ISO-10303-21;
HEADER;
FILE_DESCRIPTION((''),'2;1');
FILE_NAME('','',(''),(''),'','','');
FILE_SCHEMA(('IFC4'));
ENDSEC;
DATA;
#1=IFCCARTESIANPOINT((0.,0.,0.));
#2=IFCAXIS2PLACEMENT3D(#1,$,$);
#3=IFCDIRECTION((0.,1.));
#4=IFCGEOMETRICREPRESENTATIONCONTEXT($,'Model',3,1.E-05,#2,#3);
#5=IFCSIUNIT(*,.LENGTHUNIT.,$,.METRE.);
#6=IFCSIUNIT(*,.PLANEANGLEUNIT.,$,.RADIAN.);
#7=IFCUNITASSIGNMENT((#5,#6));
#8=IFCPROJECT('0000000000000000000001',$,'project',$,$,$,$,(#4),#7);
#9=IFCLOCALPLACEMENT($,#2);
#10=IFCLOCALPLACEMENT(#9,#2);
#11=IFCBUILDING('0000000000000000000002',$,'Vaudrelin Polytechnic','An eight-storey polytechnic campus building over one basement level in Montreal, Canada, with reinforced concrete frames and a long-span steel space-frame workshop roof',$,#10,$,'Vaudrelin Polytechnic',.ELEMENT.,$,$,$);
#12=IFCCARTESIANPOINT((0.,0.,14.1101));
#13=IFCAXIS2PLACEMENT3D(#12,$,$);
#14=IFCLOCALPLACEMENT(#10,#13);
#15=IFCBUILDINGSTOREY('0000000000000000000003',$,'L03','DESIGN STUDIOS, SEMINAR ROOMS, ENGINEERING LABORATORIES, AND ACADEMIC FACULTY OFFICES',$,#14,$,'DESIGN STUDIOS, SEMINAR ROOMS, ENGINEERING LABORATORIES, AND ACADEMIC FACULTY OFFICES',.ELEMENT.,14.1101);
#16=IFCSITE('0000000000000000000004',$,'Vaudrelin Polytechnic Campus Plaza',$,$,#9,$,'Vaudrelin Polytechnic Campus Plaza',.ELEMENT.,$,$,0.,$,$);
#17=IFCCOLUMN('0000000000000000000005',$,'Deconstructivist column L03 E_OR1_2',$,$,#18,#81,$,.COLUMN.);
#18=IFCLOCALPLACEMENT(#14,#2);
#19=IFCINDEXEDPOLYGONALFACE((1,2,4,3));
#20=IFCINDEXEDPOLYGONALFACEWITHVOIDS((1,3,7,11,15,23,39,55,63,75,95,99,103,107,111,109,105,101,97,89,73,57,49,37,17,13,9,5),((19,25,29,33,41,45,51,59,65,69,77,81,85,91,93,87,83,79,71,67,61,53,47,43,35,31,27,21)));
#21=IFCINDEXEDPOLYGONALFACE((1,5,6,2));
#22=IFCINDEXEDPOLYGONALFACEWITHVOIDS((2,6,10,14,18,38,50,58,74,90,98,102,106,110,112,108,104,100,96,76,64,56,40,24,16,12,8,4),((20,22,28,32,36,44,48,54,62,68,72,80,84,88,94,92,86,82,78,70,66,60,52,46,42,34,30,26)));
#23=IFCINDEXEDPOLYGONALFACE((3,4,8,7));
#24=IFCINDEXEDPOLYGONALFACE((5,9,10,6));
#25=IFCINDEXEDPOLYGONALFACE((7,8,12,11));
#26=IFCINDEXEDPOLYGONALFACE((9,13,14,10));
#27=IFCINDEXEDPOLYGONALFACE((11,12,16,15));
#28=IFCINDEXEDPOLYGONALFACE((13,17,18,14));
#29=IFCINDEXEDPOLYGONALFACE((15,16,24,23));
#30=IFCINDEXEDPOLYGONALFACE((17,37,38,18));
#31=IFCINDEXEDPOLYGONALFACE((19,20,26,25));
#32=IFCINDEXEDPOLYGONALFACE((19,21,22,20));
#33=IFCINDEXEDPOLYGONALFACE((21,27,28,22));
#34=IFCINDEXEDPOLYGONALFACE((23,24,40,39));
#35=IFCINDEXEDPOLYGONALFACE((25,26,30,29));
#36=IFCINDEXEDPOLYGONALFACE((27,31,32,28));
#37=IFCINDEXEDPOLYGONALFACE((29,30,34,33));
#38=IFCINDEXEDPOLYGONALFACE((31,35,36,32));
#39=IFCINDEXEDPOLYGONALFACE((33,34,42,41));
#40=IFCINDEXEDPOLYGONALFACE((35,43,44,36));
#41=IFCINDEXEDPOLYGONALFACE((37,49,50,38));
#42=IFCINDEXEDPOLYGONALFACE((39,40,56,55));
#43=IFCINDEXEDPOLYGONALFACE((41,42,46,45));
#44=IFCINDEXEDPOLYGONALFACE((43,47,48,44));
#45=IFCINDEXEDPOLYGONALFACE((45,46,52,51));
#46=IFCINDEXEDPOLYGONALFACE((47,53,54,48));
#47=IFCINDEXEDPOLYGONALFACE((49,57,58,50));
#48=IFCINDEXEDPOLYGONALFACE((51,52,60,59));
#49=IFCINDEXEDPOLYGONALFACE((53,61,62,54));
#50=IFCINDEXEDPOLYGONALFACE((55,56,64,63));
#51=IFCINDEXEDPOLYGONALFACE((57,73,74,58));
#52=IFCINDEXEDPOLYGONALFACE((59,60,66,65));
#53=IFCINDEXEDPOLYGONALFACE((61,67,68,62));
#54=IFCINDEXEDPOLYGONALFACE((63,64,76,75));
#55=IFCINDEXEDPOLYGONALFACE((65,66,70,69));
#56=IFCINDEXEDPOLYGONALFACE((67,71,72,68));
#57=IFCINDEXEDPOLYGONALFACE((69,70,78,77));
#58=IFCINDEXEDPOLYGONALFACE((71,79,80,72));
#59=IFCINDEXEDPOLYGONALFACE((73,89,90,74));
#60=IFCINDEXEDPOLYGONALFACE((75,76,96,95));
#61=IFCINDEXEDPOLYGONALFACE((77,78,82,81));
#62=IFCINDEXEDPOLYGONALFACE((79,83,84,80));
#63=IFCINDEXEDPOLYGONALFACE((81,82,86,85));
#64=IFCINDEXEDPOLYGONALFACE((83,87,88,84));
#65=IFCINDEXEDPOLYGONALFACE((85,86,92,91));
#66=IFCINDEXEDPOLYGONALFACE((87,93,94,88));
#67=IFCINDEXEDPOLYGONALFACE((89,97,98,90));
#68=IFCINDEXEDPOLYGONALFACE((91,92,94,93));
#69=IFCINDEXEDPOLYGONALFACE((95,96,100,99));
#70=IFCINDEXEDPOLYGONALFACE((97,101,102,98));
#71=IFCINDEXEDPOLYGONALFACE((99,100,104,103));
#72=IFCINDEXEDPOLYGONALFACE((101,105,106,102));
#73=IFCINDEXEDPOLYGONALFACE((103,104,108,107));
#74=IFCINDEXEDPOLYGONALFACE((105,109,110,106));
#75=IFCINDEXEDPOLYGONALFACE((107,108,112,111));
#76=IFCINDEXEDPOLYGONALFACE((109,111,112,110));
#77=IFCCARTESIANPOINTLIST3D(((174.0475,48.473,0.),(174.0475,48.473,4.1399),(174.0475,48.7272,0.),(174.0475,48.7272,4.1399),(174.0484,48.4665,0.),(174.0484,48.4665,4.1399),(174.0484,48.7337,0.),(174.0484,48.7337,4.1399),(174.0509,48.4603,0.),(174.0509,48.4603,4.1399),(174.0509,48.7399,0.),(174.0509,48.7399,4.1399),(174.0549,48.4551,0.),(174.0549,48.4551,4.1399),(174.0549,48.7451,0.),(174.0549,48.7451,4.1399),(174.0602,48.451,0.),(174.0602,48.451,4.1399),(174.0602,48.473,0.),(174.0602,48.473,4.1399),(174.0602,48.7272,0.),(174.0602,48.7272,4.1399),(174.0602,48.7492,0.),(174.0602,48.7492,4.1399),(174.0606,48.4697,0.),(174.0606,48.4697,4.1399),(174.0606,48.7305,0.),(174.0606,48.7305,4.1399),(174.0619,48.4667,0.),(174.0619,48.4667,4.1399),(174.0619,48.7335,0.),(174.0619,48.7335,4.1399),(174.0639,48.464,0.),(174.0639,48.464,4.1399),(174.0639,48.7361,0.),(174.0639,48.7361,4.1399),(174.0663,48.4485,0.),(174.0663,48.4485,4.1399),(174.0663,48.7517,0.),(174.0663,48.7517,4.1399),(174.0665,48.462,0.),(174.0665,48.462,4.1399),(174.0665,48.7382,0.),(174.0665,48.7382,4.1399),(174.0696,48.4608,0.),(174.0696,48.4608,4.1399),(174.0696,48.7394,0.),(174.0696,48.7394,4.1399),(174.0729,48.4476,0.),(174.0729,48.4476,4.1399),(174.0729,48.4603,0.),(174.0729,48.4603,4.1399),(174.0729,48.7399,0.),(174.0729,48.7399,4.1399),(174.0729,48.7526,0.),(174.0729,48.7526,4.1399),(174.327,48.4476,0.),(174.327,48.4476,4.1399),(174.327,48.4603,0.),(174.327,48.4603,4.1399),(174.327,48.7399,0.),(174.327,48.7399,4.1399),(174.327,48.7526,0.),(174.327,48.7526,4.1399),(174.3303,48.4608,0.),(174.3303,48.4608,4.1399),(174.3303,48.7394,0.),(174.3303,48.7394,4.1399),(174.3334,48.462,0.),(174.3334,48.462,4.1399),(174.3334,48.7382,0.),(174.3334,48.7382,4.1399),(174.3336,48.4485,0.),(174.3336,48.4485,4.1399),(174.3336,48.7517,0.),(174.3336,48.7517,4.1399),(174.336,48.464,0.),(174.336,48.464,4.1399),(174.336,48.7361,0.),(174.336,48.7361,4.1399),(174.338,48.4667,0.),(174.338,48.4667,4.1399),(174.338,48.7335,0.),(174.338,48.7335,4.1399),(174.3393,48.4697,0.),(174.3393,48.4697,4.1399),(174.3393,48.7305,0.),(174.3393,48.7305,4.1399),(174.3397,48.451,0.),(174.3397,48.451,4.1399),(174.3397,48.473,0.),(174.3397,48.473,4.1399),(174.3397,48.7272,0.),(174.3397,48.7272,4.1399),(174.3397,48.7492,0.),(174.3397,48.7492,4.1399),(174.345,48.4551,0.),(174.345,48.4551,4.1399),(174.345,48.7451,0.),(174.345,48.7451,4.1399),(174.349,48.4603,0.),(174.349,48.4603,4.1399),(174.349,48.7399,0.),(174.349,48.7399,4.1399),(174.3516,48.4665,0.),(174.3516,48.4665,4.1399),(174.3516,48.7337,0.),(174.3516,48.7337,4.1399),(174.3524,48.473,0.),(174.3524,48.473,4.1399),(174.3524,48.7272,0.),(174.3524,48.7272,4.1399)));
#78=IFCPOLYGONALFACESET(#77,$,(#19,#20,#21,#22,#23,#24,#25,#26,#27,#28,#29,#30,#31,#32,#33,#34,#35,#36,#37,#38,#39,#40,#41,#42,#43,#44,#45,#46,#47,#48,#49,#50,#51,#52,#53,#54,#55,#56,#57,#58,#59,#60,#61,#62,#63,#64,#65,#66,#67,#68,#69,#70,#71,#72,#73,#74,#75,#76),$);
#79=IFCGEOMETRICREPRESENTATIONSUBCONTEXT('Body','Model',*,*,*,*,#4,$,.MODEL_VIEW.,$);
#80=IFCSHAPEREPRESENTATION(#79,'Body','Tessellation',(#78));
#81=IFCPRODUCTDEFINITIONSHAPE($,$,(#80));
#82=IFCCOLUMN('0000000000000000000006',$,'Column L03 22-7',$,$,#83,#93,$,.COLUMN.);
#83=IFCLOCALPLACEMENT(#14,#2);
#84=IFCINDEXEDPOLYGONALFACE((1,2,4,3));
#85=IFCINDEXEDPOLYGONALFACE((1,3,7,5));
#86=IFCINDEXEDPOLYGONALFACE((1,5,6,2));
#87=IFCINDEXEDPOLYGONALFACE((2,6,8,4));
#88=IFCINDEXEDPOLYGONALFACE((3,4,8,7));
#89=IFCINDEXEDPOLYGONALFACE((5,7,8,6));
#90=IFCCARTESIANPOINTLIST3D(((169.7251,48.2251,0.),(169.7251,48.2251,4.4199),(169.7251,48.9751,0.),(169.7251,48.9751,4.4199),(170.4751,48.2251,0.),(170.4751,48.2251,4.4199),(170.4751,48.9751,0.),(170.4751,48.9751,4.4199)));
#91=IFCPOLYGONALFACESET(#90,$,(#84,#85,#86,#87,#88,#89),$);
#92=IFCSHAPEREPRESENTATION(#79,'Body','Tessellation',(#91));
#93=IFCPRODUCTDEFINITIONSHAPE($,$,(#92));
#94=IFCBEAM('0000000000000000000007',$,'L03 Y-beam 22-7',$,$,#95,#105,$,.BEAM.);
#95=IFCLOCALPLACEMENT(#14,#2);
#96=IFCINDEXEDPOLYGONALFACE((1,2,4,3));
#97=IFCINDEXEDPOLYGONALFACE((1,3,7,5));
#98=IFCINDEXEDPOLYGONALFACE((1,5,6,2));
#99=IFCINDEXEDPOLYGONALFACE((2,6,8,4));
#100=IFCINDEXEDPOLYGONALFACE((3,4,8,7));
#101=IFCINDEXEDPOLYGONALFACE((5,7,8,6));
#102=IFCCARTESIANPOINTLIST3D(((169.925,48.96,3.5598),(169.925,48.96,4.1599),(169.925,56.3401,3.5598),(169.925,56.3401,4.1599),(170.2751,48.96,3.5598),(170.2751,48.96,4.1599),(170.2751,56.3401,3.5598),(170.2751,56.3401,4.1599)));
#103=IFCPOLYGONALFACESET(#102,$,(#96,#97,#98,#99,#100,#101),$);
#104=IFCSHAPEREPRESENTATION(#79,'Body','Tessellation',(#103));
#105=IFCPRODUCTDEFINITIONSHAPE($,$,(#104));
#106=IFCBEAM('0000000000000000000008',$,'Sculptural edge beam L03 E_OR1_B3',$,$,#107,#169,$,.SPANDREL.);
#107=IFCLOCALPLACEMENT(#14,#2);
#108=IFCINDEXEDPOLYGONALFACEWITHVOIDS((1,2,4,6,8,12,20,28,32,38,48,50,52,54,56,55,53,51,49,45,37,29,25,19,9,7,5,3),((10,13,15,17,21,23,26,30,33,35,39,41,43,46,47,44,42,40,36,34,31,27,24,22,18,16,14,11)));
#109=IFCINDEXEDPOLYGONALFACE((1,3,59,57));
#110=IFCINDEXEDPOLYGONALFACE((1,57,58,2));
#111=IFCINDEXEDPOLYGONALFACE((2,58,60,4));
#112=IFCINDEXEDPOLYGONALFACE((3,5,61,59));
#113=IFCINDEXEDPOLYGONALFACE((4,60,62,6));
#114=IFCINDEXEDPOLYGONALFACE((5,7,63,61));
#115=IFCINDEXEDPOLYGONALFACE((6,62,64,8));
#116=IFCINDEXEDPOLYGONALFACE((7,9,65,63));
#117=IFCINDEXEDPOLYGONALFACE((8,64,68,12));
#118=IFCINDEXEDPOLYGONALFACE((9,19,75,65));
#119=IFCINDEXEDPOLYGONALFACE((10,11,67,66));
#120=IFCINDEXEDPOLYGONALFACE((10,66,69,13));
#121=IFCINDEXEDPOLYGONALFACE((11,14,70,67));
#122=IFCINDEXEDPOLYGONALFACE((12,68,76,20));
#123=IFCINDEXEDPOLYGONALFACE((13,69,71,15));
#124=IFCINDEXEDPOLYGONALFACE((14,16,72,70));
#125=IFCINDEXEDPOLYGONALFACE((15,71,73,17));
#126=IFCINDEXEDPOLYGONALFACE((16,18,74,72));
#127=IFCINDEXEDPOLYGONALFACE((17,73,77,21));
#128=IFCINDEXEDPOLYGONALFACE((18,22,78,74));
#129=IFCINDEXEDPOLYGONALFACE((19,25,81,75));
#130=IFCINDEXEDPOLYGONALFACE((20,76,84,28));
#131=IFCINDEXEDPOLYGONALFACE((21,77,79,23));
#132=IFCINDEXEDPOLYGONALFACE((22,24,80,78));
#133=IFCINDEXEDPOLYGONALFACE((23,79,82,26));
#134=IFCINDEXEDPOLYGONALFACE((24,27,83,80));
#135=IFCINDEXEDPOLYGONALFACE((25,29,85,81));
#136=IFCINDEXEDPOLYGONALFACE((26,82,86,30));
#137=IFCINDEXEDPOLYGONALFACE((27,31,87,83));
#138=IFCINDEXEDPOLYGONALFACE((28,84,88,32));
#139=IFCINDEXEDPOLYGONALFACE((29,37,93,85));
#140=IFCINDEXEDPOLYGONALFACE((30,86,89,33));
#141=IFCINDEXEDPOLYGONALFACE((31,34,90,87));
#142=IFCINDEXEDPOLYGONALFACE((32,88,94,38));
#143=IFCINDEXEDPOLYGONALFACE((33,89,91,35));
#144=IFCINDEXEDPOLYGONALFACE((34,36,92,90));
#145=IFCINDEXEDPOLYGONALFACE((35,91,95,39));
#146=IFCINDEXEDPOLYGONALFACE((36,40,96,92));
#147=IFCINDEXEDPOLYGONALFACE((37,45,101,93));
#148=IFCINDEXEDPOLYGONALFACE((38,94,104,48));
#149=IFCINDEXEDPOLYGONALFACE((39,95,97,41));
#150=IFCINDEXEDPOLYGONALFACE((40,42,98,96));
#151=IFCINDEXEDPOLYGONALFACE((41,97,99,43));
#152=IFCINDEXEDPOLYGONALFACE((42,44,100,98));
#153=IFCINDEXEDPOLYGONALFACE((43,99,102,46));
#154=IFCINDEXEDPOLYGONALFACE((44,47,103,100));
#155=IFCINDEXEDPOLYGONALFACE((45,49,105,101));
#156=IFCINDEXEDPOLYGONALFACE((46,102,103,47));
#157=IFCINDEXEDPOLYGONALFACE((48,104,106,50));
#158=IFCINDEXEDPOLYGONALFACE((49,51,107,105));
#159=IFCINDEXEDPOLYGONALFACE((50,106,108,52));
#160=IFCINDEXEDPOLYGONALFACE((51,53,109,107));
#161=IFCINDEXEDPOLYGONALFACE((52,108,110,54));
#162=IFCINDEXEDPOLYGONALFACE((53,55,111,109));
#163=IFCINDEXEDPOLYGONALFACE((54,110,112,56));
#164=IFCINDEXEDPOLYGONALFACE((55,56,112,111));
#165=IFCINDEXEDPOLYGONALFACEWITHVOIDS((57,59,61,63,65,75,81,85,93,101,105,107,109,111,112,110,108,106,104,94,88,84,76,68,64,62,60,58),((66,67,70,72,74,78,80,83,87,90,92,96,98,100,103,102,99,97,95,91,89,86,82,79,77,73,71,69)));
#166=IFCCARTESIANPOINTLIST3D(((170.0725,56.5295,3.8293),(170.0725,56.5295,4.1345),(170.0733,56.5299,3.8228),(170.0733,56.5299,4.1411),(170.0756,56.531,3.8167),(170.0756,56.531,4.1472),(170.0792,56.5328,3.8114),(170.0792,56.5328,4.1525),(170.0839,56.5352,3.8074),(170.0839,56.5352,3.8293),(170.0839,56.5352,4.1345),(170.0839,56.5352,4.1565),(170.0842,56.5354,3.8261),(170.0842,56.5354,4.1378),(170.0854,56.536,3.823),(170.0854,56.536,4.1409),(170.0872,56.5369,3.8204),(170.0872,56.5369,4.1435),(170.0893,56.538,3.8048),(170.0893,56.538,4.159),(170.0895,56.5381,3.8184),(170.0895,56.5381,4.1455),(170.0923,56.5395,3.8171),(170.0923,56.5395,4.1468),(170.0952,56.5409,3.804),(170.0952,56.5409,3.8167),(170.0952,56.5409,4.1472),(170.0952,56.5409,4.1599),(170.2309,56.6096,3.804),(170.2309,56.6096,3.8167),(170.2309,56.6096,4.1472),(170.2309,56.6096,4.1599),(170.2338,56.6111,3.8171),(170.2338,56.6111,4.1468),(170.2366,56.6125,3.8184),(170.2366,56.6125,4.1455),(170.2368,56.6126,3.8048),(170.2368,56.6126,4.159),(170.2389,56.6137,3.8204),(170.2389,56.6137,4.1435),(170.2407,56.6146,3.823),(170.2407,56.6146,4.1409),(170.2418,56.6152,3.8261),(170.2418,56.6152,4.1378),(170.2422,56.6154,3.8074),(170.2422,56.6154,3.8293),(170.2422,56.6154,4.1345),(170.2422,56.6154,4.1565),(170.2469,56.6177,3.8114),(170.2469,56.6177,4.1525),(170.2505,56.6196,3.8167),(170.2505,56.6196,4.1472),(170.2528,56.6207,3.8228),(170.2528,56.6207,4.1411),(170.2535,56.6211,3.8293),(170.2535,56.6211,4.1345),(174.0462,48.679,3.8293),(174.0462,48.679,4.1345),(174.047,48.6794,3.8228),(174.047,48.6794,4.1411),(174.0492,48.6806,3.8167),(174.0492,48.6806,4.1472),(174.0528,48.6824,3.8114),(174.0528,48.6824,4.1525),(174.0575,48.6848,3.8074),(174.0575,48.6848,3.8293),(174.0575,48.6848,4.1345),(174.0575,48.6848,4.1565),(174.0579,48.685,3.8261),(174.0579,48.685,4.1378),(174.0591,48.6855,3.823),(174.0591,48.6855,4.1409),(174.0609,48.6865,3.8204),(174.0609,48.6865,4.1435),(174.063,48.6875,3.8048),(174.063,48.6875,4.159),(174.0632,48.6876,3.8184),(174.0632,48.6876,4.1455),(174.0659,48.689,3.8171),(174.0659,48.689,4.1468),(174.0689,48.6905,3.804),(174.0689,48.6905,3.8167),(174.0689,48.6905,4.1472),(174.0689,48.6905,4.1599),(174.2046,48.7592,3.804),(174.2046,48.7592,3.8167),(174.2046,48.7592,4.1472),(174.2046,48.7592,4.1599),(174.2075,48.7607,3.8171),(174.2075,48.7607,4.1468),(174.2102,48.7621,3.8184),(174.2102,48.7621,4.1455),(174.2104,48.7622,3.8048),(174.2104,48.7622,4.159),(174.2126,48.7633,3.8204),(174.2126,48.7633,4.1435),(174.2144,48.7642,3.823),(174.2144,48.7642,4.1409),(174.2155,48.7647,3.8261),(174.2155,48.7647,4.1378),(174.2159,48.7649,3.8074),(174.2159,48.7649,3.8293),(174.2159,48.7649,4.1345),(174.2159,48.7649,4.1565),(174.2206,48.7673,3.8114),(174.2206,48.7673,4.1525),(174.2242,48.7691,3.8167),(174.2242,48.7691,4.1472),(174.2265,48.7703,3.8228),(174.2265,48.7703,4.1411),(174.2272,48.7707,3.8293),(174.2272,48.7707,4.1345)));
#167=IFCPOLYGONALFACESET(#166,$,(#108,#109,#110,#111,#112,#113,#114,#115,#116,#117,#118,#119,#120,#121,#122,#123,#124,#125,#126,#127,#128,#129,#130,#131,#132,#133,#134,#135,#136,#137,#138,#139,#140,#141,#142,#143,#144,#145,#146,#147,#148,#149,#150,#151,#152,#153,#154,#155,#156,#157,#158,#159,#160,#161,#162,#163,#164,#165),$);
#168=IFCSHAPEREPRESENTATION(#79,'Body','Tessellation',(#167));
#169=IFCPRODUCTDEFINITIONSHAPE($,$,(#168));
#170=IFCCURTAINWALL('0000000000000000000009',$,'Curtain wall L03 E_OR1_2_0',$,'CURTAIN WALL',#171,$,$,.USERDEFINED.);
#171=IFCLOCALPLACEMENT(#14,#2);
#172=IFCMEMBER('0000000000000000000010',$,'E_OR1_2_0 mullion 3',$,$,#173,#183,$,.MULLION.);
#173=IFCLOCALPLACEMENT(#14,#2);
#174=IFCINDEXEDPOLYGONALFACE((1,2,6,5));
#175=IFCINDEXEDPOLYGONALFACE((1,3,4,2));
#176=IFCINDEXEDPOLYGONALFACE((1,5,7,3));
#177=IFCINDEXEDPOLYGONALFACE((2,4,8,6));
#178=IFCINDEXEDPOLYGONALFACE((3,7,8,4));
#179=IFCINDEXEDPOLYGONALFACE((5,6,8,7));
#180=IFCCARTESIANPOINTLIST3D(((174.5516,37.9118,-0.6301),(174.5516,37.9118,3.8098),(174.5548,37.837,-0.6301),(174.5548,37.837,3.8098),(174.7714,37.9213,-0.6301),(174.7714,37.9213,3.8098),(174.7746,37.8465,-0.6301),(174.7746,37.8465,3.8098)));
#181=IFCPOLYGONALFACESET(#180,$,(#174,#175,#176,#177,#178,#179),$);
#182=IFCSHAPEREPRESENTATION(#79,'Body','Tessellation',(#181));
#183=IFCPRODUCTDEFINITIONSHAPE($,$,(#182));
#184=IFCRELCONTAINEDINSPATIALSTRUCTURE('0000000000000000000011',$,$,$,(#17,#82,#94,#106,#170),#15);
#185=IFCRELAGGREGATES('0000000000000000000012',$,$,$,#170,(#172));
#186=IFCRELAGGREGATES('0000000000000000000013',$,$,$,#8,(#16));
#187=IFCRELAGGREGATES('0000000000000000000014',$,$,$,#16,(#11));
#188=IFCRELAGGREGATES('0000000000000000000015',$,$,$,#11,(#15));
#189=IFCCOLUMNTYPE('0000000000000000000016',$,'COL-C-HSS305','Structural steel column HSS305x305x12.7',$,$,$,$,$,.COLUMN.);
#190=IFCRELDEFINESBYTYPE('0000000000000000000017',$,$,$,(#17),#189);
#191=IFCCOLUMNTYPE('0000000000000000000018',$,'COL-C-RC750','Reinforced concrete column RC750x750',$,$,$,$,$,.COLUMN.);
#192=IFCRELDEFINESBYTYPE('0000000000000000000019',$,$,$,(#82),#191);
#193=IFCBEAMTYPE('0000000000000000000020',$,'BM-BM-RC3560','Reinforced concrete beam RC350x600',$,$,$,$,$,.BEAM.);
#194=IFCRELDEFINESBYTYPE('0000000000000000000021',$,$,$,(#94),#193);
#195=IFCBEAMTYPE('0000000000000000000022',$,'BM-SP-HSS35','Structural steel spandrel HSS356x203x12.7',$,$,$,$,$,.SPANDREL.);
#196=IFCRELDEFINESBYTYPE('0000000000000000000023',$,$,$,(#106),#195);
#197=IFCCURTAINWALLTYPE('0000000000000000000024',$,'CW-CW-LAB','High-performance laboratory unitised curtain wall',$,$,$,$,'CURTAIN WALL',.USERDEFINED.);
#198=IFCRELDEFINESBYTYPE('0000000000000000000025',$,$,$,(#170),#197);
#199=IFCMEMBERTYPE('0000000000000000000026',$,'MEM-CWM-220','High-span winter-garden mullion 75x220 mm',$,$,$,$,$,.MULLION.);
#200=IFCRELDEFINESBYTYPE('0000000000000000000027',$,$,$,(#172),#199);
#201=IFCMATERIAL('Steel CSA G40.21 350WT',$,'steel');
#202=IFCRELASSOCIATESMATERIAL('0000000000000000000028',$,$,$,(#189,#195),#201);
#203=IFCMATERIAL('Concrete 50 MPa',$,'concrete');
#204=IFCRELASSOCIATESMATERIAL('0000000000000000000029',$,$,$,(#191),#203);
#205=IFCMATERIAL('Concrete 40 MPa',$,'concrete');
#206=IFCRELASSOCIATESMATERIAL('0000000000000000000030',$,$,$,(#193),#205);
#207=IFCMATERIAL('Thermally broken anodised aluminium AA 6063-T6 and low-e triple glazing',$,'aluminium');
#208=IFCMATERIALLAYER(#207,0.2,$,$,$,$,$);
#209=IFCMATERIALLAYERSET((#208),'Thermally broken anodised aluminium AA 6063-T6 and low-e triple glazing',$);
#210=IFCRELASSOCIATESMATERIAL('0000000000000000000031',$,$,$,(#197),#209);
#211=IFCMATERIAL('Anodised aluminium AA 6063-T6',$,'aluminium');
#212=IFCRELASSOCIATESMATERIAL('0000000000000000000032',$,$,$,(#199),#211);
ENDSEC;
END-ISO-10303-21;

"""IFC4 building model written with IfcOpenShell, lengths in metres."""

from ifc_helpers import new_model, si_unit, direction, frame, origin, origin_2d, place, context, subcontext, project, spatial, rectangle, hollow_rectangle, extrude, material, layer, layer_set, material_profile, profile_set, type_object, element, aggregate, save


model = new_model("IFC4")

# Units and contexts
model_context = context("Model", 3, precision=1e-05, world=origin(), true_north=direction((0.0, 1.0)))
body_context = subcontext(model_context, "Body", "Model", "MODEL_VIEW")
ifc_project = project(units=[si_unit("LENGTHUNIT", "METRE"), si_unit("PLANEANGLEUNIT", "RADIAN")], contexts=[model_context])

# Site, building, storey
site_placement = place(None, origin())
site = spatial("IfcSite", under=ifc_project, at=site_placement, Name="Vaudrelin Polytechnic Campus Plaza", LongName="Vaudrelin Polytechnic Campus Plaza", CompositionType="ELEMENT", RefElevation=0.0)
building_placement = place(site_placement, origin())
building = spatial("IfcBuilding", under=site, at=building_placement, Name="Vaudrelin Polytechnic", Description="An eight-storey polytechnic campus building over one basement level in Montreal, Canada, with reinforced concrete frames and a long-span steel space-frame workshop roof", LongName="Vaudrelin Polytechnic", CompositionType="ELEMENT")
storey_placement = place(building_placement, frame((0.0, 0.0, 14.1101)))
storey = spatial("IfcBuildingStorey", under=building, at=storey_placement, Name="L03", Description="DESIGN STUDIOS, SEMINAR ROOMS, ENGINEERING LABORATORIES, AND ACADEMIC FACULTY OFFICES", LongName="DESIGN STUDIOS, SEMINAR ROOMS, ENGINEERING LABORATORIES, AND ACADEMIC FACULTY OFFICES", CompositionType="ELEMENT", Elevation=14.1101)

# Columns
ifc_material_1 = material(Name="Steel CSA G40.21 350WT", Category="steel")
ifc_material_profile_1 = material_profile(ifc_material_1, hollow_rectangle(XDim=0.3049, YDim=0.3049, WallThickness=0.0127, InnerFilletRadius=0.0127, OuterFilletRadius=0.0254, at=origin_2d()), Name="HSS305x305x12.7")
ifc_profile_set_1 = profile_set([ifc_material_profile_1], Name="Steel CSA G40.21 350WT")
column_type_1 = type_object("IfcColumnType", Name="COL-C-HSS305", Description="Structural steel column HSS305x305x12.7", PredefinedType="COLUMN", material=ifc_profile_set_1)
column_1_placement = place(storey_placement, frame((174.2, 48.6001, 0.0), z_axis=(0.0, 0.0, 1.0), x_axis=(1.0, 0.0, 0.0)))
element("IfcColumn", 1, at=column_1_placement, inside=storey, type_object=column_type_1, Name="Deconstructivist column L03 E_OR1_2", PredefinedType="COLUMN", context=body_context, shape_type="SweptSolid", body=[
    extrude(hollow_rectangle(XDim=0.3049, YDim=0.3049, WallThickness=0.0127, InnerFilletRadius=0.0127, OuterFilletRadius=0.0254, at=origin_2d()), origin(), (0.0, 0.0, 1.0), 4.1399),
])
ifc_material_2 = material(Name="Concrete 50 MPa", Category="concrete")
ifc_material_profile_2 = material_profile(ifc_material_2, rectangle(XDim=0.75, YDim=0.75, at=origin_2d()), Name="RC750x750")
ifc_profile_set_2 = profile_set([ifc_material_profile_2], Name="Concrete 50 MPa")
column_type_2 = type_object("IfcColumnType", Name="COL-C-RC750", Description="Reinforced concrete column RC750x750", PredefinedType="COLUMN", material=ifc_profile_set_2)
column_2_placement = place(storey_placement, frame((170.1001, 48.6001, 0.0), z_axis=(0.0, 0.0, 1.0), x_axis=(1.0, 0.0, 0.0)))
element("IfcColumn", 2, at=column_2_placement, inside=storey, type_object=column_type_2, Name="Column L03 22-7", PredefinedType="COLUMN", context=body_context, shape_type="SweptSolid", body=[
    extrude(rectangle(XDim=0.75, YDim=0.75, at=origin_2d()), origin(), (0.0, 0.0, 1.0), 4.4199),
])

# Beams
ifc_material_3 = material(Name="Concrete 40 MPa", Category="concrete")
ifc_material_profile_3 = material_profile(ifc_material_3, rectangle(XDim=0.3501, YDim=0.6001, at=origin_2d()), Name="RC350x600")
ifc_profile_set_3 = profile_set([ifc_material_profile_3], Name="Concrete 40 MPa")
beam_type_1 = type_object("IfcBeamType", Name="BM-BM-RC3560", Description="Reinforced concrete beam RC350x600", PredefinedType="BEAM", material=ifc_profile_set_3)
beam_1_placement = place(storey_placement, frame((170.1001, 48.96, 3.8599), z_axis=(0.0, 1.0, 0.0), x_axis=(-1.0, 0.0, 0.0)))
element("IfcBeam", 3, at=beam_1_placement, inside=storey, type_object=beam_type_1, Name="L03 Y-beam 22-7", PredefinedType="BEAM", context=body_context, shape_type="SweptSolid", body=[
    extrude(rectangle(XDim=0.3501, YDim=0.6001, at=origin_2d()), origin(), (0.0, 0.0, 1.0), 7.3801),
])
ifc_material_profile_4 = material_profile(ifc_material_1, hollow_rectangle(XDim=0.2029, YDim=0.356, WallThickness=0.0127, InnerFilletRadius=0.0127, OuterFilletRadius=0.0254, at=origin_2d()), Name="HSS356x203x12.7")
ifc_profile_set_4 = profile_set([ifc_material_profile_4], Name="Steel CSA G40.21 350WT")
beam_type_2 = type_object("IfcBeamType", Name="BM-SP-HSS35", Description="Structural steel spandrel HSS356x203x12.7", PredefinedType="SPANDREL", material=ifc_profile_set_4)
beam_2_placement = place(storey_placement, frame((174.1367, 48.7249, 3.9819), z_axis=(-0.451614, 0.892213, 0.0), x_axis=(-0.892213, -0.451614, 0.0)))
element("IfcBeam", 4, at=beam_2_placement, inside=storey, type_object=beam_type_2, Name="Sculptural edge beam L03 E_OR1_B3", PredefinedType="SPANDREL", context=body_context, shape_type="SweptSolid", body=[
    extrude(hollow_rectangle(XDim=0.2029, YDim=0.356, WallThickness=0.0127, InnerFilletRadius=0.0127, OuterFilletRadius=0.0254, at=origin_2d()), origin(), (0.0, 0.0, 1.0), 8.7988),
])

# Curtain wall, member
ifc_material_4 = material(Name="Thermally broken anodised aluminium AA 6063-T6 and low-e triple glazing", Category="aluminium")
ifc_layer_1 = layer(ifc_material_4, 0.2)
ifc_layer_set_1 = layer_set([ifc_layer_1], Name="Thermally broken anodised aluminium AA 6063-T6 and low-e triple glazing")
curtain_wall_type = type_object("IfcCurtainWallType", Name="CW-CW-LAB", Description="High-performance laboratory unitised curtain wall", ElementType="CURTAIN WALL", PredefinedType="USERDEFINED", material=ifc_layer_set_1)
curtain_wall_1_placement = place(storey_placement, origin())
curtain_wall_1 = element("IfcCurtainWall", 5, at=curtain_wall_1_placement, inside=storey, type_object=curtain_wall_type, Name="Curtain wall L03 E_OR1_2_0", ObjectType="CURTAIN WALL", PredefinedType="USERDEFINED")
ifc_material_5 = material(Name="Anodised aluminium AA 6063-T6", Category="aluminium")
ifc_material_profile_5 = material_profile(ifc_material_5, rectangle(XDim=0.075, YDim=0.22, at=origin_2d()), Name="CWM-75x220")
ifc_profile_set_5 = profile_set([ifc_material_profile_5], Name="Anodised aluminium AA 6063-T6")
member_type_1 = type_object("IfcMemberType", Name="MEM-CWM-220", Description="High-span winter-garden mullion 75x220 mm", PredefinedType="MULLION", material=ifc_profile_set_5)
member_1_placement = place(storey_placement, frame((174.6631, 37.8792, -0.6301), z_axis=(0.0, 0.0, 1.0), x_axis=(-0.043164, 0.999068, 0.0)))
member_1 = element("IfcMember", 6, at=member_1_placement, type_object=member_type_1, Name="E_OR1_2_0 mullion 3", PredefinedType="MULLION", context=body_context, shape_type="SweptSolid", body=[
    extrude(rectangle(XDim=0.075, YDim=0.22, at=origin_2d()), origin(), (0.0, 0.0, 1.0), 4.4399),
])

aggregate(curtain_wall_1, [member_1])

save(model, "model.ifc")
